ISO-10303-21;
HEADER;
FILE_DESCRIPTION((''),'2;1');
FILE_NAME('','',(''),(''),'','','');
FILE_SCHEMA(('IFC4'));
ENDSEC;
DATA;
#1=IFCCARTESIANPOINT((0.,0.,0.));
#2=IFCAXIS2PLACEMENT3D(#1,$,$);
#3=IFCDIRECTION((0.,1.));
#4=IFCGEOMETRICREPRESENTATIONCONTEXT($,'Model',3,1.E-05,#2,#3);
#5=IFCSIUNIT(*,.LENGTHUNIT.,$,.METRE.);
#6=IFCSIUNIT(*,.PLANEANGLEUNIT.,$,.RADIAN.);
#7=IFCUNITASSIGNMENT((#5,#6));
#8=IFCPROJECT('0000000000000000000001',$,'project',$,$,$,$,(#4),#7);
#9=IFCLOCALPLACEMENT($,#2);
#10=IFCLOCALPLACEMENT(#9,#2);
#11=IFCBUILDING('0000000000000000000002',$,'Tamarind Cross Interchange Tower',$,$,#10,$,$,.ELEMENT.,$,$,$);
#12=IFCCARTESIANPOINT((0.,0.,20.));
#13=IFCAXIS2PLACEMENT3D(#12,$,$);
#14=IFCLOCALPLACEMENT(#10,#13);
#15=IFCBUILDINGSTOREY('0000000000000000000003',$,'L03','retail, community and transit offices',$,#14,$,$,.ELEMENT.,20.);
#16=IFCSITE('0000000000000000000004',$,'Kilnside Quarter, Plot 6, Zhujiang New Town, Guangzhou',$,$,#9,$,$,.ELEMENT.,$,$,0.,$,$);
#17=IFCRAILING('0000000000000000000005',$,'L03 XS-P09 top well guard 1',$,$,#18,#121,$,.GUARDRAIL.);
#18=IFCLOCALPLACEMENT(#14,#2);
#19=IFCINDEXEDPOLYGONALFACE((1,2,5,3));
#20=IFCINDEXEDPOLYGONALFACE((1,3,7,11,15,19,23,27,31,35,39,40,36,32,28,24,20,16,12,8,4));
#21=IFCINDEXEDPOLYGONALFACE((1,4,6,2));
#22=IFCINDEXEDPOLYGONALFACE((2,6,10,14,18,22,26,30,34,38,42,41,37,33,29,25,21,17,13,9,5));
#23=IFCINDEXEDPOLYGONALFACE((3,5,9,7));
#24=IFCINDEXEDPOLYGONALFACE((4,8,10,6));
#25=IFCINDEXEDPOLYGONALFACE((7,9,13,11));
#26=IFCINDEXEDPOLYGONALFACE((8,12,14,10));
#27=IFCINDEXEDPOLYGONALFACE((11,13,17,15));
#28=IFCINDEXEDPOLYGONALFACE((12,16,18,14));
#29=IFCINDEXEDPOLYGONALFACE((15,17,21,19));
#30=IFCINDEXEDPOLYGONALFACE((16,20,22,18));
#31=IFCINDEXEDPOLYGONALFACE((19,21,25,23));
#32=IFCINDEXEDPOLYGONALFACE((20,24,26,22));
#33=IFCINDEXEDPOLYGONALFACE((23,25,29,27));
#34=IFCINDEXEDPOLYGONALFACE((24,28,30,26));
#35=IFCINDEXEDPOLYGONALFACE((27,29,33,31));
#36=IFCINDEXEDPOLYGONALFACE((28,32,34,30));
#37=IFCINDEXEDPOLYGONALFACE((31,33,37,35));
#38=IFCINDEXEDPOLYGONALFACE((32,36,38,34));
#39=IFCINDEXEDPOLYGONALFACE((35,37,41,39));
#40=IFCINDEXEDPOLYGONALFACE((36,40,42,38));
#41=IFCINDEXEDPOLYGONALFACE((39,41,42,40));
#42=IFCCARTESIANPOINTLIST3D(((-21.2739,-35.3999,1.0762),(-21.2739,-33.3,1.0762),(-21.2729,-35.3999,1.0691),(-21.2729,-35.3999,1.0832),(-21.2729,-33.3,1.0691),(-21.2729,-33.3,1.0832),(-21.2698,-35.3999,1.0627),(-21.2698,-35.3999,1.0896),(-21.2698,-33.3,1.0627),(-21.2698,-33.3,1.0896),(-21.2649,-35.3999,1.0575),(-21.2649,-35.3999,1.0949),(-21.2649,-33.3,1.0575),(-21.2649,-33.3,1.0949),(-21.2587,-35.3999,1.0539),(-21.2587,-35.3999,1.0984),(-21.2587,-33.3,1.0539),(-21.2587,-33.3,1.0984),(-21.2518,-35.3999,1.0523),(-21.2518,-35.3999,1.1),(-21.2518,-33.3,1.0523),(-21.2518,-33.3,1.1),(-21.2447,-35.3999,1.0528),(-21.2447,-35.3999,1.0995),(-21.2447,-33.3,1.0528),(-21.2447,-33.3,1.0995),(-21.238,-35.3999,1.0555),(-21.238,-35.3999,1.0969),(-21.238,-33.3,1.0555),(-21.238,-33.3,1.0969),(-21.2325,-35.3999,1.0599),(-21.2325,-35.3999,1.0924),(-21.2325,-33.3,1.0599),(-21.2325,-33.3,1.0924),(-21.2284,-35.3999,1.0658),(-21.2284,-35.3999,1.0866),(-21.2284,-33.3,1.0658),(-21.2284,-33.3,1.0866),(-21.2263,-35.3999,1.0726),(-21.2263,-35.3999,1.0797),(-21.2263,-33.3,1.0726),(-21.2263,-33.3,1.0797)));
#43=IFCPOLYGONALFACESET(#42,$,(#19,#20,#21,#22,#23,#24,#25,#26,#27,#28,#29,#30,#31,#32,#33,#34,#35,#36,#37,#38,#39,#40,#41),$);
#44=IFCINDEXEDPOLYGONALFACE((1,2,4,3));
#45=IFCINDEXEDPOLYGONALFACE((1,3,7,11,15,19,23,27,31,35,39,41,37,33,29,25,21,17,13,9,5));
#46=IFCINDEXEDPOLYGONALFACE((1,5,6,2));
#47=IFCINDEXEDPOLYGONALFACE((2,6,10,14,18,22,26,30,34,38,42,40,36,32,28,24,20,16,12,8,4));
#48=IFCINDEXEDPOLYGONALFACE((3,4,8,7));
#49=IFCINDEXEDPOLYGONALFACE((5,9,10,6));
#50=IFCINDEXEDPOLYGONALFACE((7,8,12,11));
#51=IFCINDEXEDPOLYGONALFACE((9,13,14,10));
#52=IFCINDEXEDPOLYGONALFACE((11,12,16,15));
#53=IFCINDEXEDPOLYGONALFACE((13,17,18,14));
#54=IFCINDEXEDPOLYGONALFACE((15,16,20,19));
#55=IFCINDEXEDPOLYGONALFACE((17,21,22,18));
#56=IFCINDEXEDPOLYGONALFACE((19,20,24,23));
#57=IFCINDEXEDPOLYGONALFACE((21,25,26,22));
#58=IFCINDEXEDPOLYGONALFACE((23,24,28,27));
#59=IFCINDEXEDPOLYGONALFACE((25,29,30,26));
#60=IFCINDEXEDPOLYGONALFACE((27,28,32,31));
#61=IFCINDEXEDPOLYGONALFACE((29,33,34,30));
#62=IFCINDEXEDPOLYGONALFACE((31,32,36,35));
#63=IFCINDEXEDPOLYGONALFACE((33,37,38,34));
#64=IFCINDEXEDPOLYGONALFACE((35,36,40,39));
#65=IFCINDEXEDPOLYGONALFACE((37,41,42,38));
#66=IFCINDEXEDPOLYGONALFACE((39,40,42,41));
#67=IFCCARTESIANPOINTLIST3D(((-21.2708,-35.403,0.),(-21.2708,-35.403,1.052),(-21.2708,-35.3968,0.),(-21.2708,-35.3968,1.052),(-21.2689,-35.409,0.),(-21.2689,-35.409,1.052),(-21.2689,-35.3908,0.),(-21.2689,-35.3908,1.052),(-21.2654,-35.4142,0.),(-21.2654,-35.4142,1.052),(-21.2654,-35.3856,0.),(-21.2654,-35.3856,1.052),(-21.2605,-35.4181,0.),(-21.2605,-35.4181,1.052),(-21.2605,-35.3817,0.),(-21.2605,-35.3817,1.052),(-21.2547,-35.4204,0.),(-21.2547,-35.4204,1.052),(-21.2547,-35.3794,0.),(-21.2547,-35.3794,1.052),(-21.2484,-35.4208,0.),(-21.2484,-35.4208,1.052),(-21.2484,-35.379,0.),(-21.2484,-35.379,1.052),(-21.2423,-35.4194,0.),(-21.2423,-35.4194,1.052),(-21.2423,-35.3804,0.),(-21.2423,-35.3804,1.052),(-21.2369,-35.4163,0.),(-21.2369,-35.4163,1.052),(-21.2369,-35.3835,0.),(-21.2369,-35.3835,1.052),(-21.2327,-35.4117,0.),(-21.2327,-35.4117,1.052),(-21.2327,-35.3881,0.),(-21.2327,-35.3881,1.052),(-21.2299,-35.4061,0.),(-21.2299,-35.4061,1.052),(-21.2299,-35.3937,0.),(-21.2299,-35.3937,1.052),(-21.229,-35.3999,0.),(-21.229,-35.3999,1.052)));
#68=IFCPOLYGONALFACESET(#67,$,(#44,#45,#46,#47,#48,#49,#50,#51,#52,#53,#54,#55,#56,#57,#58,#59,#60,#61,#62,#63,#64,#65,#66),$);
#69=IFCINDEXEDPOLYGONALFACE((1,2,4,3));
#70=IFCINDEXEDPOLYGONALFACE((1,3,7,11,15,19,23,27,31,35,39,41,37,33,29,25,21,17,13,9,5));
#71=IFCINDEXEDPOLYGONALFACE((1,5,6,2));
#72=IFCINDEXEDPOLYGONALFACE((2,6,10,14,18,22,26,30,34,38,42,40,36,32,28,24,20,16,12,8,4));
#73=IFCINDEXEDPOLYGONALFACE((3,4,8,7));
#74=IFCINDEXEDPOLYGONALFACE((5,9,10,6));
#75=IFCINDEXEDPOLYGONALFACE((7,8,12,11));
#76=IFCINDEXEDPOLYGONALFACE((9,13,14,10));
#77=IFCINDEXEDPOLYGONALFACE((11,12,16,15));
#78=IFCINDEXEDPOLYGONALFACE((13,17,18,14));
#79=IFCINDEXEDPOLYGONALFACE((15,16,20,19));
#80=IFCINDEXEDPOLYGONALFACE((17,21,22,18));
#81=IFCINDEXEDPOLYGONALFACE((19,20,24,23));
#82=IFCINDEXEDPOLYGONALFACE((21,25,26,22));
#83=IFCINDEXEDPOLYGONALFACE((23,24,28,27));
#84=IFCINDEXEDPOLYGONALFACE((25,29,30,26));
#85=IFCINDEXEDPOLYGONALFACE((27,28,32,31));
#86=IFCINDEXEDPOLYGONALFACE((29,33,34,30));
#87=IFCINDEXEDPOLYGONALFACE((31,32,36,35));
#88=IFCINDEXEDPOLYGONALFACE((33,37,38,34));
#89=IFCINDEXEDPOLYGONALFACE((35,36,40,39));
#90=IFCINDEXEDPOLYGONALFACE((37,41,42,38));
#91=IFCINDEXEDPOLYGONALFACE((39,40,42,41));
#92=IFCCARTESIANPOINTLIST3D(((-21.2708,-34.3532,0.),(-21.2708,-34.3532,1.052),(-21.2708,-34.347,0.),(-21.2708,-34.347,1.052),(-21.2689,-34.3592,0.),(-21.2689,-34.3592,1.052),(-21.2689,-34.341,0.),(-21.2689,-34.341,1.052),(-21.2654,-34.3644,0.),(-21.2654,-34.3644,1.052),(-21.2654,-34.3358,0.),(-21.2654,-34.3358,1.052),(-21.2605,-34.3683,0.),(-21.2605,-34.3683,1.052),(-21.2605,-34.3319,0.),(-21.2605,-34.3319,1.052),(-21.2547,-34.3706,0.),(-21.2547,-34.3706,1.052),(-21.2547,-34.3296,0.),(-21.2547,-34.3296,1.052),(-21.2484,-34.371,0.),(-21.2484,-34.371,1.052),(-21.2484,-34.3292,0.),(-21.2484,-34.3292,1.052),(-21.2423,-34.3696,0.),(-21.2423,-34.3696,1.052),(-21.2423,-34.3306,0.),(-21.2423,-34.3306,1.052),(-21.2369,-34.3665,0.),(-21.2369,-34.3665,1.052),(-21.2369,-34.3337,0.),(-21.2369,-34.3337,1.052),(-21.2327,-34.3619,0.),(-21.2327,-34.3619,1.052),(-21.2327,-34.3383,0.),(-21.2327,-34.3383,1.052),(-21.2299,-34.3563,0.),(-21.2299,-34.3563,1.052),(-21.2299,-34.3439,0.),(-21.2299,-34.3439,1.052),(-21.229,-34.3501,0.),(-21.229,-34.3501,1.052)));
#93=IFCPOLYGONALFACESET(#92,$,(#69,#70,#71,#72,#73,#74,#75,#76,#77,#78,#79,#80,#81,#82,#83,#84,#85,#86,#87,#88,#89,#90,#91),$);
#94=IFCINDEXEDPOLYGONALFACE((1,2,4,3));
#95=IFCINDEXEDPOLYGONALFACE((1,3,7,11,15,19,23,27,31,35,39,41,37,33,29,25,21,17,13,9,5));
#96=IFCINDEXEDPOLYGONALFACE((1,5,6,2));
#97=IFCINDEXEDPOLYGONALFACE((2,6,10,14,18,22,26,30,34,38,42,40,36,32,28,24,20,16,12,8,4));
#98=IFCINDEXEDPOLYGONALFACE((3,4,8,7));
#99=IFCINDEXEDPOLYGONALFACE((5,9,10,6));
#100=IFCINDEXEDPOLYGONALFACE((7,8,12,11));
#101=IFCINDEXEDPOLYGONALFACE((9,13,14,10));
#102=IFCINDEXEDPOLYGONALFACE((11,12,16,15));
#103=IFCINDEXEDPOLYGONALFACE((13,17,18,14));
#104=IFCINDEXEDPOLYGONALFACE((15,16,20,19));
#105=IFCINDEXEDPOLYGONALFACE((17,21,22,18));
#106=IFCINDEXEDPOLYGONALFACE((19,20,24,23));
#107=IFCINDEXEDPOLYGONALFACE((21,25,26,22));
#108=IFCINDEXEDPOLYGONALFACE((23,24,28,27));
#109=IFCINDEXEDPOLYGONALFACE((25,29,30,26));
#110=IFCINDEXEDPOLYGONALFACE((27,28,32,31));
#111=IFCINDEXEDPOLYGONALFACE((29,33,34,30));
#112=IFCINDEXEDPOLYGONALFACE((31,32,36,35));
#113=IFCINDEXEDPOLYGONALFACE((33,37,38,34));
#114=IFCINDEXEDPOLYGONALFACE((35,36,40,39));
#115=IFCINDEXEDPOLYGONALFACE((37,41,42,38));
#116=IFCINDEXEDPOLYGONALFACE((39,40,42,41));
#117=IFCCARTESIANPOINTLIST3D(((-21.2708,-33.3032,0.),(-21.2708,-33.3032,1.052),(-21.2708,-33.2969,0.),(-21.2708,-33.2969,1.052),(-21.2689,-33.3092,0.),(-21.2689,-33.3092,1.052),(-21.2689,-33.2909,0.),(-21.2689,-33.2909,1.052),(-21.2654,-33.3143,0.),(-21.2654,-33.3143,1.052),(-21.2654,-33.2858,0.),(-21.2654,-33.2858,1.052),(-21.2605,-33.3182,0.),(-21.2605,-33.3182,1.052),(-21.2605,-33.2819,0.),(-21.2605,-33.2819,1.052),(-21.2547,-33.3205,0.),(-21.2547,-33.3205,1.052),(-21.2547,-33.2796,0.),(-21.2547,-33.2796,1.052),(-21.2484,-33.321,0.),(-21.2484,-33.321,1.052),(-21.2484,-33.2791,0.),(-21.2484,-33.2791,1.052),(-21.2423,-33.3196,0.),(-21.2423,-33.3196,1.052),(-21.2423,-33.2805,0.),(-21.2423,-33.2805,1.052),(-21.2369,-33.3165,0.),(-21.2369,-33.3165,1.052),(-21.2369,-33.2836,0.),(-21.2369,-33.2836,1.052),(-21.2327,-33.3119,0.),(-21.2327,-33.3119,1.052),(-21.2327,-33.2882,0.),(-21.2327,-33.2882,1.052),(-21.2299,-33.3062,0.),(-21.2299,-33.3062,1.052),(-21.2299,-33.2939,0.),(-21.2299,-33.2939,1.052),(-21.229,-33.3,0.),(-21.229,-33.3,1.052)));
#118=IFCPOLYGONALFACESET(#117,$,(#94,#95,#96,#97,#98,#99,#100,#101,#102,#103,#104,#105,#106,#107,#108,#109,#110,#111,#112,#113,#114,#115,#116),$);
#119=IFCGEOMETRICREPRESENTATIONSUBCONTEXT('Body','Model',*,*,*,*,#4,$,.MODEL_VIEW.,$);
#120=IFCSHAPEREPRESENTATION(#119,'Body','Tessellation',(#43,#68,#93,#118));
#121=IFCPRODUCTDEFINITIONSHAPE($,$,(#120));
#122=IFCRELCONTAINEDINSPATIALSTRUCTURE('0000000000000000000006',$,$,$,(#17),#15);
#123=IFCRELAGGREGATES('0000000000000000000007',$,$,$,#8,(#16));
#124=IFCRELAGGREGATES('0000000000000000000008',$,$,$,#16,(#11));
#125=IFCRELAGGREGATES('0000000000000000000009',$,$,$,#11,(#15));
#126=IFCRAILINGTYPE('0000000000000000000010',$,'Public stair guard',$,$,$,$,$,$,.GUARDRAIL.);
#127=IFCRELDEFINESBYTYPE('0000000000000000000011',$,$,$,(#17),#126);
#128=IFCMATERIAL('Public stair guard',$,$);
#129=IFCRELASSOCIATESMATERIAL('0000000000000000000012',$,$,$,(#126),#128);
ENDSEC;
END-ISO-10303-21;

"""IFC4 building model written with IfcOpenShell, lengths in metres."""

from ifc_helpers import new_model, si_unit, direction, frame, origin, origin_2d, place, context, subcontext, project, spatial, circle, extrude, material, type_object, element, save


model = new_model("IFC4")

# Units and contexts
model_context = context("Model", 3, precision=1e-05, world=origin(), true_north=direction((0.0, 1.0)))
body_context = subcontext(model_context, "Body", "Model", "MODEL_VIEW")
ifc_project = project(units=[si_unit("LENGTHUNIT", "METRE"), si_unit("PLANEANGLEUNIT", "RADIAN")], contexts=[model_context])

# Site, building, storey
site_placement = place(None, origin())
site = spatial("IfcSite", under=ifc_project, at=site_placement, Name="Kilnside Quarter, Plot 6, Zhujiang New Town, Guangzhou", CompositionType="ELEMENT", RefElevation=0.0)
building_placement = place(site_placement, origin())
building = spatial("IfcBuilding", under=site, at=building_placement, Name="Tamarind Cross Interchange Tower", CompositionType="ELEMENT")
storey_placement = place(building_placement, frame((0.0, 0.0, 20.0)))
storey = spatial("IfcBuildingStorey", under=building, at=storey_placement, Name="L03", Description="retail, community and transit offices", CompositionType="ELEMENT", Elevation=20.0)

# Railing
ifc_material_1 = material(Name="Public stair guard")
railing_type = type_object("IfcRailingType", Name="Public stair guard", PredefinedType="GUARDRAIL", material=ifc_material_1)
railing_placement = place(storey_placement, frame((-21.25, -35.3999, 0.0)))
element("IfcRailing", 1, at=railing_placement, inside=storey, type_object=railing_type, Name="L03 XS-P09 top well guard 1", PredefinedType="GUARDRAIL", context=body_context, shape_type="SweptSolid", body=[
    extrude(circle(Radius=0.0239, at=origin_2d()), frame((0.0, 0.0, 1.0762), z_axis=(0.0, 1.0, 0.0), x_axis=(-1.0, 0.0, 0.0)), (0.0, 0.0, 1.0), 2.0999),
    extrude(circle(Radius=0.021, at=origin_2d()), origin(), (0.0, 0.0, 1.0), 1.052),
    extrude(circle(Radius=0.021, at=origin_2d()), frame((0.0, 1.0498, 0.0)), (0.0, 0.0, 1.0), 1.052),
    extrude(circle(Radius=0.021, at=origin_2d()), frame((0.0, 2.0999, 0.0)), (0.0, 0.0, 1.0), 1.052),
])

save(model, "model.ifc")
